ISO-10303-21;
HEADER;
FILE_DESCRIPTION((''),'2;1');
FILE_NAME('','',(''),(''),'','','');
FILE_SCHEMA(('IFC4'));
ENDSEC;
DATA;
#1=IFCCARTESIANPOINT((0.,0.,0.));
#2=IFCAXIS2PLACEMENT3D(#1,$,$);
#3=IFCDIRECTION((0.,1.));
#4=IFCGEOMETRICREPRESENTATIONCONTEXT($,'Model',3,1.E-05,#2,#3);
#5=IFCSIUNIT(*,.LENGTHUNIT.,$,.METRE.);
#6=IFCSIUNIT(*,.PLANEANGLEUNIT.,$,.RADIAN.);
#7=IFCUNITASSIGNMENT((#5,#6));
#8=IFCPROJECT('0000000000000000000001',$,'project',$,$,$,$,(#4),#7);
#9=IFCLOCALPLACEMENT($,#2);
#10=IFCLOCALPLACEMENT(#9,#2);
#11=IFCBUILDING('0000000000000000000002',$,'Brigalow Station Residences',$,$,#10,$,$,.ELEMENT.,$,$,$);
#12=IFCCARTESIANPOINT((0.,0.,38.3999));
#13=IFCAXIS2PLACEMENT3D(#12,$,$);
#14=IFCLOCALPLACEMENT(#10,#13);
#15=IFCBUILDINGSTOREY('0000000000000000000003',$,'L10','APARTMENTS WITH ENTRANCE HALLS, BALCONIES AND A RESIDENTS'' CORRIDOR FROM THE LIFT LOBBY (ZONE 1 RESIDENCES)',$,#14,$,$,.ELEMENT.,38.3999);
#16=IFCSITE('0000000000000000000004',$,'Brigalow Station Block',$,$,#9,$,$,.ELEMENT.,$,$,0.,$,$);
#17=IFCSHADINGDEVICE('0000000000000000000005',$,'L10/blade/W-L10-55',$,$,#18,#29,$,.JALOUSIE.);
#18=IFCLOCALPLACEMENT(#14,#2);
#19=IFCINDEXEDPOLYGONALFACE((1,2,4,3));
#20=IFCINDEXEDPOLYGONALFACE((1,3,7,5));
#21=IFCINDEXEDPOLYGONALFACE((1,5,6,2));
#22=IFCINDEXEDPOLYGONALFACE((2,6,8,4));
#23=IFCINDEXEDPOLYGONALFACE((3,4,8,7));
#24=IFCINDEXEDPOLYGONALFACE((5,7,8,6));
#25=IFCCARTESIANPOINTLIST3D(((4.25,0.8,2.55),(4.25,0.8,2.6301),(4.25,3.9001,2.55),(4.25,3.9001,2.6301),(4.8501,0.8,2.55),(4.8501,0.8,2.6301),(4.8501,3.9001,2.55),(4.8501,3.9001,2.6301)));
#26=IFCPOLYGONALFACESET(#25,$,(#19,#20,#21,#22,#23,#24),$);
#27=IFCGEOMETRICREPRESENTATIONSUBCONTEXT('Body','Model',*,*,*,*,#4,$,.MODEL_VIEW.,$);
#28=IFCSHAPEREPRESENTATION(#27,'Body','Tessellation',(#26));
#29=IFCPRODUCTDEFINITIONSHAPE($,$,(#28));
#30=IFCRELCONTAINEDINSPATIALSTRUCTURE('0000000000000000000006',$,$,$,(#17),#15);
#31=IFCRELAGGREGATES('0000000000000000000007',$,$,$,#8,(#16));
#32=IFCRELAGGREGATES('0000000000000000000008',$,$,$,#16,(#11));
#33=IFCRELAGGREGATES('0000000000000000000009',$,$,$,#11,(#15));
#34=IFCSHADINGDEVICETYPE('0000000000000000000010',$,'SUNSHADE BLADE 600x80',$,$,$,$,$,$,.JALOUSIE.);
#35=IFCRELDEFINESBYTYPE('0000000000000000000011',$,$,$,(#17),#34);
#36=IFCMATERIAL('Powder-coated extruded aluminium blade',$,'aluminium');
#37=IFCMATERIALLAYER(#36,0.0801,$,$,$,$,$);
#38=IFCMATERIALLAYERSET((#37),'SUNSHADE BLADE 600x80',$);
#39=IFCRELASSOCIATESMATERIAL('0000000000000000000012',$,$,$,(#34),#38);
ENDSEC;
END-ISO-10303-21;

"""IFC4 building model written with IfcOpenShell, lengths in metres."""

from ifc_helpers import new_model, si_unit, direction, frame, origin, origin_2d, place, context, subcontext, project, spatial, rectangle, extrude, material, layer, layer_set, type_object, element, save


model = new_model("IFC4")

# Units and contexts
model_context = context("Model", 3, precision=1e-05, world=origin(), true_north=direction((0.0, 1.0)))
body_context = subcontext(model_context, "Body", "Model", "MODEL_VIEW")
ifc_project = project(units=[si_unit("LENGTHUNIT", "METRE"), si_unit("PLANEANGLEUNIT", "RADIAN")], contexts=[model_context])

# Site, building, storey
site_placement = place(None, origin())
site = spatial("IfcSite", under=ifc_project, at=site_placement, Name="Brigalow Station Block", CompositionType="ELEMENT", RefElevation=0.0)
building_placement = place(site_placement, origin())
building = spatial("IfcBuilding", under=site, at=building_placement, Name="Brigalow Station Residences", CompositionType="ELEMENT")
storey_placement = place(building_placement, frame((0.0, 0.0, 38.3999)))
storey = spatial("IfcBuildingStorey", under=building, at=storey_placement, Name="L10", Description="APARTMENTS WITH ENTRANCE HALLS, BALCONIES AND A RESIDENTS' CORRIDOR FROM THE LIFT LOBBY (ZONE 1 RESIDENCES)", CompositionType="ELEMENT", Elevation=38.3999)

# Shading device
ifc_material_1 = material(Name="Powder-coated extruded aluminium blade", Category="aluminium")
ifc_layer_1 = layer(ifc_material_1, 0.0801)
ifc_layer_set_1 = layer_set([ifc_layer_1], Name="SUNSHADE BLADE 600x80")
shading_device_type = type_object("IfcShadingDeviceType", Name="SUNSHADE BLADE 600x80", PredefinedType="JALOUSIE", material=ifc_layer_set_1)
shading_device_1_placement = place(storey_placement, frame((4.55, 2.3501, 2.55), z_axis=(0.0, 0.0, 1.0), x_axis=(0.0, -1.0, 0.0)))
element("IfcShadingDevice", 1, at=shading_device_1_placement, inside=storey, type_object=shading_device_type, Name="L10/blade/W-L10-55", PredefinedType="JALOUSIE", context=body_context, shape_type="SweptSolid", body=[
    extrude(rectangle(XDim=3.1001, YDim=0.6001, at=origin_2d()), origin(), (0.0, 0.0, 1.0), 0.0801),
])

save(model, "model.ifc")
